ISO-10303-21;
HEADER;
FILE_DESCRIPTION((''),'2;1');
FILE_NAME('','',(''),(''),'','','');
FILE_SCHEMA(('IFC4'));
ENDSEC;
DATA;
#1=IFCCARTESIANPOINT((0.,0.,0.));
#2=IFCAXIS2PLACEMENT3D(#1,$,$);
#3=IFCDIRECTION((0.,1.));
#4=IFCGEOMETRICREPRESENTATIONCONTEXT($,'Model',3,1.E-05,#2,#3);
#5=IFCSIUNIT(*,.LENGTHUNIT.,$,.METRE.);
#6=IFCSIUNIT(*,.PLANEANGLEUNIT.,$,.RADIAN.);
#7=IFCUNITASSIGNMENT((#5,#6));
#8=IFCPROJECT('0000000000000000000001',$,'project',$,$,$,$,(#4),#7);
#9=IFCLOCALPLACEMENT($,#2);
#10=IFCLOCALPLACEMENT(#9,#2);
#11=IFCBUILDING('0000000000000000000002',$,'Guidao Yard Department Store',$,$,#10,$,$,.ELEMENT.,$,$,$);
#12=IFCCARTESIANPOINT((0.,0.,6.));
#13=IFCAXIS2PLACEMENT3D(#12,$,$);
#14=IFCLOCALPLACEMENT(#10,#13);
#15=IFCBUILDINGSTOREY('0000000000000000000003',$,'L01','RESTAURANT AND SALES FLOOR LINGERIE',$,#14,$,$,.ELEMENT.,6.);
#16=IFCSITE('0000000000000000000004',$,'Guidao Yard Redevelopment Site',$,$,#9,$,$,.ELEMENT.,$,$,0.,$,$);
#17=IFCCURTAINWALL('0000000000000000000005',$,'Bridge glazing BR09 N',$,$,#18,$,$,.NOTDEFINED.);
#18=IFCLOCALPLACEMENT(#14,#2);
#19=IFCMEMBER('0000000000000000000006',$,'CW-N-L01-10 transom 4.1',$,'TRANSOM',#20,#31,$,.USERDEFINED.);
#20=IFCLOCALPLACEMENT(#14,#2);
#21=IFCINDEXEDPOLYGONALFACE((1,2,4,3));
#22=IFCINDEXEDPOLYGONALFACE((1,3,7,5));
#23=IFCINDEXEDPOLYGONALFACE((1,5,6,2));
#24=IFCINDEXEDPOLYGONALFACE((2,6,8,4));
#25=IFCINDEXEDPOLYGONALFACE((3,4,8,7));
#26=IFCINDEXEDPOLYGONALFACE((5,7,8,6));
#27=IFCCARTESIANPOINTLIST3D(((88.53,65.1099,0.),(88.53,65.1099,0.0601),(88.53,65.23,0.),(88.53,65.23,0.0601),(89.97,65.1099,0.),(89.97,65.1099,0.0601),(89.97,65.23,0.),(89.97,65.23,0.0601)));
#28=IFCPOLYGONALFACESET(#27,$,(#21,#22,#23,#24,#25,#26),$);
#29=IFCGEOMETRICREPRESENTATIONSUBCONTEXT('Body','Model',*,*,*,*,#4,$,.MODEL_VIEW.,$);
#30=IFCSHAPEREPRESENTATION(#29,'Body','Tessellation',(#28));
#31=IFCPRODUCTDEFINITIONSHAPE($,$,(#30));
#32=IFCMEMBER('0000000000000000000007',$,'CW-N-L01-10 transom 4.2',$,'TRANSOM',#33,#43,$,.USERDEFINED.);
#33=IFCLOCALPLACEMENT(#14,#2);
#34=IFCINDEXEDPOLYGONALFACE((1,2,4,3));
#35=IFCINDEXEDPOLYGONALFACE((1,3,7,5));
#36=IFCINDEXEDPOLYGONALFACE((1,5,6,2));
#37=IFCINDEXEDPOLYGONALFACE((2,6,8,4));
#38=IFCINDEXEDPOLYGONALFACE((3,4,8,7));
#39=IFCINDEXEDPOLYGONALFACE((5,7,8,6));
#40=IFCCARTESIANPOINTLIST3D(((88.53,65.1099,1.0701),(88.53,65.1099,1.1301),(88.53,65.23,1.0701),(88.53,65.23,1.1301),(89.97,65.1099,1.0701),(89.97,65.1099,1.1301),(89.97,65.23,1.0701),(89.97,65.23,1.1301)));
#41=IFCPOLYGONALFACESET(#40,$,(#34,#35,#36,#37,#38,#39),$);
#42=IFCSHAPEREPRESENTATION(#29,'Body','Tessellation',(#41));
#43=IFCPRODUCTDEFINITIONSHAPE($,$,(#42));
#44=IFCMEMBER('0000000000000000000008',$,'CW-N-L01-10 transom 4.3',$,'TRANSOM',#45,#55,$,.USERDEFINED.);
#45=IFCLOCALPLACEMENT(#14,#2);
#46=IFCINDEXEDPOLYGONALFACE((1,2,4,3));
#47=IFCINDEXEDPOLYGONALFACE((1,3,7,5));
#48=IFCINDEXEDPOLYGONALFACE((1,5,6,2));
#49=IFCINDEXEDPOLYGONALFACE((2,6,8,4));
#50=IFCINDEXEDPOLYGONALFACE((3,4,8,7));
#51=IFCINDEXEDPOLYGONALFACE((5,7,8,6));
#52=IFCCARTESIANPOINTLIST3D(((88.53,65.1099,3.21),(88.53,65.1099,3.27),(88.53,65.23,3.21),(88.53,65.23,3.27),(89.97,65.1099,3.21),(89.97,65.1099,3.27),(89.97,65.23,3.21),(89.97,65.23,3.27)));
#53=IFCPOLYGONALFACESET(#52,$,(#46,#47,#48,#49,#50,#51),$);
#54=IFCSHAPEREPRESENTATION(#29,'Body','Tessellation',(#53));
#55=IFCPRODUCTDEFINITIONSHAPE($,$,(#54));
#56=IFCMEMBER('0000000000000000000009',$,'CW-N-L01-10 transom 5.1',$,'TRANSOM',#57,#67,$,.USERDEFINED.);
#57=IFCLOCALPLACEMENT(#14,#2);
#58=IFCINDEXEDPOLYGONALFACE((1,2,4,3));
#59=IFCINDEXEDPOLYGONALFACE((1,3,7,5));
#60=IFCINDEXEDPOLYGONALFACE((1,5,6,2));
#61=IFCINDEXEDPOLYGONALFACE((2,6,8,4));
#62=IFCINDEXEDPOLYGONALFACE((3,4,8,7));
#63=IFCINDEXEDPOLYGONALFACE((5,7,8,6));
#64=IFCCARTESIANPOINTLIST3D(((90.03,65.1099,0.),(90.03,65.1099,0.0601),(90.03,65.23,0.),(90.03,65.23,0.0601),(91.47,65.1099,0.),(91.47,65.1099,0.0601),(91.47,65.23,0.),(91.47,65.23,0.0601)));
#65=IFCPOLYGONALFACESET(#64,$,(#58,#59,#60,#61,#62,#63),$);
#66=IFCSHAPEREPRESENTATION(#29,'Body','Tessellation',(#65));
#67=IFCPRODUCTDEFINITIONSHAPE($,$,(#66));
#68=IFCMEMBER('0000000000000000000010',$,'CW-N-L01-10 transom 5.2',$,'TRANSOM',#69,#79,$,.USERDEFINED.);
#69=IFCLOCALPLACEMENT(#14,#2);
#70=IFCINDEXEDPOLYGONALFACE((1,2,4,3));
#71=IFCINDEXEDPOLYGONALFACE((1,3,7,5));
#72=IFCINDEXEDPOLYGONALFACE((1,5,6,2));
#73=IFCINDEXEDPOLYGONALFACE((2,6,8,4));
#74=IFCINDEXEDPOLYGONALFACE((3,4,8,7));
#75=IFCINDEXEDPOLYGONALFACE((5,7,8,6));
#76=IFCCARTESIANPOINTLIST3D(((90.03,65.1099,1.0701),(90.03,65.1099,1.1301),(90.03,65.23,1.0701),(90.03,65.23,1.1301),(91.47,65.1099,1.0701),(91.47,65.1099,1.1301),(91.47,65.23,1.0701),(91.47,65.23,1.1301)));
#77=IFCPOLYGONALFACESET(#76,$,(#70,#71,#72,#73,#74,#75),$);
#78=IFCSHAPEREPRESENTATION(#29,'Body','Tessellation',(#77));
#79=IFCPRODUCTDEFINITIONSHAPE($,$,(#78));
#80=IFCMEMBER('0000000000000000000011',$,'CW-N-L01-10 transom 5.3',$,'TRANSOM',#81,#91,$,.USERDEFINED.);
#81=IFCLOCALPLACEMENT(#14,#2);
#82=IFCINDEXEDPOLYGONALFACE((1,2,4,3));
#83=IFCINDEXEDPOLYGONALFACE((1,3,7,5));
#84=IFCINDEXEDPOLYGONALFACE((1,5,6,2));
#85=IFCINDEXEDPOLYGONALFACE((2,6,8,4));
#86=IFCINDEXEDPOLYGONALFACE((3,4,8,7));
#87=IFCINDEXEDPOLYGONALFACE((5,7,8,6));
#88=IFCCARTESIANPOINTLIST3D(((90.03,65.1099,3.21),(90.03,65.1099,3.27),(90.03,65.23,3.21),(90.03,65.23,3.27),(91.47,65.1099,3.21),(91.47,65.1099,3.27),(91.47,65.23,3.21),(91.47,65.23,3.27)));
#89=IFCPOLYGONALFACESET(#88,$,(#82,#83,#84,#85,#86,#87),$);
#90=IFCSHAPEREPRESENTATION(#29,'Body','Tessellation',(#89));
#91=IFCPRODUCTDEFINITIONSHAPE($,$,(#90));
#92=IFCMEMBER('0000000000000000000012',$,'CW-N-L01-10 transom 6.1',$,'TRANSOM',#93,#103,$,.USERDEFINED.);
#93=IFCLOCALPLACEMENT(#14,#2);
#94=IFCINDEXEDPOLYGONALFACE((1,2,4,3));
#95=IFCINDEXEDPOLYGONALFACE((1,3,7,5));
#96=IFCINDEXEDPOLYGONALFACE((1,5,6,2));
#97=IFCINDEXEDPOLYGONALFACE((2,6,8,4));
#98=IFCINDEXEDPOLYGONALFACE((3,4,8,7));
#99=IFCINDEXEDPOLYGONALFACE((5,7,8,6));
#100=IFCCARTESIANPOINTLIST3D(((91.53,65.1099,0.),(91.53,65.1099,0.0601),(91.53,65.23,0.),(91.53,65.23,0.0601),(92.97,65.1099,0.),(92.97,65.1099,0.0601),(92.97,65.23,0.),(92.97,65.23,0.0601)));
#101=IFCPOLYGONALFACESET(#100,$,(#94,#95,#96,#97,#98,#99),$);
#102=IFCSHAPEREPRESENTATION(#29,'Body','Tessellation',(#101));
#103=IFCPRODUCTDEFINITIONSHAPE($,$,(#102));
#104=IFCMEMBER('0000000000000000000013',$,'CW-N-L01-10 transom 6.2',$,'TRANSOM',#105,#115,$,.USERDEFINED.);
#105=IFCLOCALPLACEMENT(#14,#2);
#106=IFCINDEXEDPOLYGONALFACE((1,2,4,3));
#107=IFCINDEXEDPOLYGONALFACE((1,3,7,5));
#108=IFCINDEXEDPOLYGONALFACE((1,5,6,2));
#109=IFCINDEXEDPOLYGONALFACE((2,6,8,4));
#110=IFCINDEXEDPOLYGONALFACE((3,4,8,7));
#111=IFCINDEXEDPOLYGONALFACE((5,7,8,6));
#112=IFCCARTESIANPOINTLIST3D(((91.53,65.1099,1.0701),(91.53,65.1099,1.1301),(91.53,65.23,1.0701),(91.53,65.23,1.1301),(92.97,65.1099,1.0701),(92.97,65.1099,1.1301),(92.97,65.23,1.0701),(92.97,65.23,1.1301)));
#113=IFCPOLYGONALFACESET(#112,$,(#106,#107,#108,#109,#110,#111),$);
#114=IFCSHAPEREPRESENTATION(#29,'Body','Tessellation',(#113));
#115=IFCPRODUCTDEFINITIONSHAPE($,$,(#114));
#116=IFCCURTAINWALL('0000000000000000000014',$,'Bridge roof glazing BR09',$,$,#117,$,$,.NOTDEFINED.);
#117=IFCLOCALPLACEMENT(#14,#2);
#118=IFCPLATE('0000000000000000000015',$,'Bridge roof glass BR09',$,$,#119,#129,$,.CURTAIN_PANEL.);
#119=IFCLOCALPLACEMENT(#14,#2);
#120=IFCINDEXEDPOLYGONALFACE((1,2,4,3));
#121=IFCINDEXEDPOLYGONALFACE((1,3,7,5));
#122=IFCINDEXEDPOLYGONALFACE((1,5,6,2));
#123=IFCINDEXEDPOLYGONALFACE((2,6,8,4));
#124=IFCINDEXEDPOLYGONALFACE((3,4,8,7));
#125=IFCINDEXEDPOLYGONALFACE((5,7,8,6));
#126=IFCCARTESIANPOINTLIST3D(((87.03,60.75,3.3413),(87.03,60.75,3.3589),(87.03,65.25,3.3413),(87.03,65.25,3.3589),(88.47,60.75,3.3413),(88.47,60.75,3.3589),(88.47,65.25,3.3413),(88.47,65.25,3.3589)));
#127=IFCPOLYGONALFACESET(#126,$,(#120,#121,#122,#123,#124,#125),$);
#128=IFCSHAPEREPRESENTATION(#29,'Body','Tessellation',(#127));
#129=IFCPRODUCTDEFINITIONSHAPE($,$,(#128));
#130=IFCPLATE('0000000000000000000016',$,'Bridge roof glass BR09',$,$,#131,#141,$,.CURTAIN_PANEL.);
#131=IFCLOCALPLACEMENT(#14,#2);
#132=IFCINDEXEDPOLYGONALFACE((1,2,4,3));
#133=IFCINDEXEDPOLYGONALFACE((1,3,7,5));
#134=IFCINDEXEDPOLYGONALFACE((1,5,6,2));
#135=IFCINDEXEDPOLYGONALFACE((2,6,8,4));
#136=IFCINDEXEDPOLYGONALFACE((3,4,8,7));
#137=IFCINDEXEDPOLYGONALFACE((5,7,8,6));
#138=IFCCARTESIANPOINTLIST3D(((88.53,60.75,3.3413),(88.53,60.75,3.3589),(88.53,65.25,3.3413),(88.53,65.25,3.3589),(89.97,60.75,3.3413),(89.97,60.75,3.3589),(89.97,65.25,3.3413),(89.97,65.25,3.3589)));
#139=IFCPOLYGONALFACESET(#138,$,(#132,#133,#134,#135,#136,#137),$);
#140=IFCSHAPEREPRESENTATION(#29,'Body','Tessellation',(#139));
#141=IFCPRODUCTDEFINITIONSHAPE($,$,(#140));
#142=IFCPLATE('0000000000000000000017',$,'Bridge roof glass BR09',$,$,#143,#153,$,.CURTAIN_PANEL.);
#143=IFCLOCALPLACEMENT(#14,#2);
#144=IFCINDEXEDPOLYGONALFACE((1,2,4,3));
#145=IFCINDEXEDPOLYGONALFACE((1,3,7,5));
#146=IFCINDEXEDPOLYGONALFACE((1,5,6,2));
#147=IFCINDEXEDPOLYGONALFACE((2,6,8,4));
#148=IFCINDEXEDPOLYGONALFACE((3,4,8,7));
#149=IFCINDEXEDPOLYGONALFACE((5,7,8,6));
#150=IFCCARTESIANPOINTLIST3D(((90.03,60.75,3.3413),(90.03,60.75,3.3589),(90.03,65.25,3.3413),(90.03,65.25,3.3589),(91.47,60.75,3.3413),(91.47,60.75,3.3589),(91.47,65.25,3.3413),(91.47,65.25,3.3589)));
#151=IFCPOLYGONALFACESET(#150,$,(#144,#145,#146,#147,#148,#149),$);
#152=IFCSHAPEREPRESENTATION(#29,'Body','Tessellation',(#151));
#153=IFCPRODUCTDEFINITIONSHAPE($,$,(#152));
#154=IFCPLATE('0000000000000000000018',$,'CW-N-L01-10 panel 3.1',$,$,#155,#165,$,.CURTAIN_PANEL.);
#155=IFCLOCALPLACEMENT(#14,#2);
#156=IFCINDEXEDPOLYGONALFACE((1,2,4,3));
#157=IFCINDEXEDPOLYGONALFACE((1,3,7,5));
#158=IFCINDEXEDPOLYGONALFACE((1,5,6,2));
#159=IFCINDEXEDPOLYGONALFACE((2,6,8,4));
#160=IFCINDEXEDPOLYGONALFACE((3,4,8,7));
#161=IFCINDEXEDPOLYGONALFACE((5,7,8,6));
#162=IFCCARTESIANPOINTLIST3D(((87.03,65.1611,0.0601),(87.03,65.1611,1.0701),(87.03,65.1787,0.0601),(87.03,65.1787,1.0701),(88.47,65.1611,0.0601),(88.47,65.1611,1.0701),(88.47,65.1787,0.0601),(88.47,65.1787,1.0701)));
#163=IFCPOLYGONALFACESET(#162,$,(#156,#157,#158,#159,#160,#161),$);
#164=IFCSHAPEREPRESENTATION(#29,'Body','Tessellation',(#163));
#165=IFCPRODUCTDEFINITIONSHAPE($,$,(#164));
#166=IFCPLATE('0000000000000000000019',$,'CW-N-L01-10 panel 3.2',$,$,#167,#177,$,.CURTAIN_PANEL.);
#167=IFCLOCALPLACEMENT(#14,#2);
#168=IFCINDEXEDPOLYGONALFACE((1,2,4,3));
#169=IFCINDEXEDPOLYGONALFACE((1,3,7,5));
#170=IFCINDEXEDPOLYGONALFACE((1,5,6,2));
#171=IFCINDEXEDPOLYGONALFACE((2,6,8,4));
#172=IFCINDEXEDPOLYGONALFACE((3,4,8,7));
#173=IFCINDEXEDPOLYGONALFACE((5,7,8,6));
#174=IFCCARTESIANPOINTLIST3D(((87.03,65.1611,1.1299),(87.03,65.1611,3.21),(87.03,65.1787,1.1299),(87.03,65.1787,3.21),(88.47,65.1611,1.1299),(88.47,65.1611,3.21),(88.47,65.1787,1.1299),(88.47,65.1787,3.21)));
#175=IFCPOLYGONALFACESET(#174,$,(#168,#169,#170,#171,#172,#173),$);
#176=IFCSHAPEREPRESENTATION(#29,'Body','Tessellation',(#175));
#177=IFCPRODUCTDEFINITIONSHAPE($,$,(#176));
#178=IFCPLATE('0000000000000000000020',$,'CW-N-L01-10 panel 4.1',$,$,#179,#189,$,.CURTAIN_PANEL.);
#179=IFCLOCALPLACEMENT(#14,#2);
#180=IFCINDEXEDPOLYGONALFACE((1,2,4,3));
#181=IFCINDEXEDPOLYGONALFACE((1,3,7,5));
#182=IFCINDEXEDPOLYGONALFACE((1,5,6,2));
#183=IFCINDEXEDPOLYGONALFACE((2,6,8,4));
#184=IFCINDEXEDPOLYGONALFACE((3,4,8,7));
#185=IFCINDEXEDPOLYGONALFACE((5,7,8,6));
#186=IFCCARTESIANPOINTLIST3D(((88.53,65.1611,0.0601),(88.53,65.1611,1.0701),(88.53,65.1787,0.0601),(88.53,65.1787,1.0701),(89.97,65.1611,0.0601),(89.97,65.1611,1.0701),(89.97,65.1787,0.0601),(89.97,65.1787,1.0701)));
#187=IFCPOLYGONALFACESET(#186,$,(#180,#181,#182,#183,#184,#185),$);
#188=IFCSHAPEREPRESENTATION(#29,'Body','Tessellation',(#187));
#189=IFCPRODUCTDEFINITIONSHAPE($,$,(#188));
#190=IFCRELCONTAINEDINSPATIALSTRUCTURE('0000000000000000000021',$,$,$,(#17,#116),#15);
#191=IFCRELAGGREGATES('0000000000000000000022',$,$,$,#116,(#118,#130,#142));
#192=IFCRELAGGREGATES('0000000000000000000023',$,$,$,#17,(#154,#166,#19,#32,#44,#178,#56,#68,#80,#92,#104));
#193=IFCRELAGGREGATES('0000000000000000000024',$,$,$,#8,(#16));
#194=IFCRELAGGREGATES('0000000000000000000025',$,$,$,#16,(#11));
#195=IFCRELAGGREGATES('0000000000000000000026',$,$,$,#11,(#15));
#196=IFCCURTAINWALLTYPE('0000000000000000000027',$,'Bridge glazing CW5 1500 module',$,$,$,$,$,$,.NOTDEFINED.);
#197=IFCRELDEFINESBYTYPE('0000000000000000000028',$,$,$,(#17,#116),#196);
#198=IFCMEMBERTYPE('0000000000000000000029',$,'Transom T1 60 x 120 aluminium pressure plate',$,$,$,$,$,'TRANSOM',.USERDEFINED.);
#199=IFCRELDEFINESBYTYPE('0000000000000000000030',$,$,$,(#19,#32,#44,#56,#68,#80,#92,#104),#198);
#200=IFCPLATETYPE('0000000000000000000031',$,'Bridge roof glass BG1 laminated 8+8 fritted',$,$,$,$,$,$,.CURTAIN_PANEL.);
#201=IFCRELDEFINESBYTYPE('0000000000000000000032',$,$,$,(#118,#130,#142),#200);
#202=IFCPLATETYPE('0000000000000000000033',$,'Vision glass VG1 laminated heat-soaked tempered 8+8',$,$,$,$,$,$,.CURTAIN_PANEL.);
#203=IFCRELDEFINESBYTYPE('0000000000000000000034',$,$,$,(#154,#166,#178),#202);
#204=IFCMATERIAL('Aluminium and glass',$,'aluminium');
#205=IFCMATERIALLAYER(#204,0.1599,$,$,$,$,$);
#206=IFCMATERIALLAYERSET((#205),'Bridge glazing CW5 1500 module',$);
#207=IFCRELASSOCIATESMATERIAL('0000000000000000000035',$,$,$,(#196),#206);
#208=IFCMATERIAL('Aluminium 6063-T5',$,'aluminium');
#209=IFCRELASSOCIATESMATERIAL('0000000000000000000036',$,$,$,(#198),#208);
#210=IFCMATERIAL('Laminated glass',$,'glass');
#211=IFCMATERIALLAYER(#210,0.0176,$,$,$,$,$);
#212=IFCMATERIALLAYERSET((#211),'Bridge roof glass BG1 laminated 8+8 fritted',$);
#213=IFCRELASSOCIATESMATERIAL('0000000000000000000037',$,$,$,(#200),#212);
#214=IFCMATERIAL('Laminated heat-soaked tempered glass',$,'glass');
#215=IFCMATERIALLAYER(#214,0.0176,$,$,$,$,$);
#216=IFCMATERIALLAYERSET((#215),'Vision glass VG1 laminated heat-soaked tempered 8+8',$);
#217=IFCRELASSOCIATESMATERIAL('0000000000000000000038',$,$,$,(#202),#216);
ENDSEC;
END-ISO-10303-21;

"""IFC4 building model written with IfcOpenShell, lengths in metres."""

from ifc_helpers import new_model, si_unit, direction, frame, origin, origin_2d, place, context, subcontext, project, spatial, rectangle, extrude, material, layer, layer_set, material_profile, profile_set, type_object, element, aggregate, save


model = new_model("IFC4")

# Units and contexts
model_context = context("Model", 3, precision=1e-05, world=origin(), true_north=direction((0.0, 1.0)))
body_context = subcontext(model_context, "Body", "Model", "MODEL_VIEW")
ifc_project = project(units=[si_unit("LENGTHUNIT", "METRE"), si_unit("PLANEANGLEUNIT", "RADIAN")], contexts=[model_context])

# Site, building, storey
site_placement = place(None, origin())
site = spatial("IfcSite", under=ifc_project, at=site_placement, Name="Guidao Yard Redevelopment Site", CompositionType="ELEMENT", RefElevation=0.0)
building_placement = place(site_placement, origin())
building = spatial("IfcBuilding", under=site, at=building_placement, Name="Guidao Yard Department Store", CompositionType="ELEMENT")
storey_placement = place(building_placement, frame((0.0, 0.0, 6.0)))
storey = spatial("IfcBuildingStorey", under=building, at=storey_placement, Name="L01", Description="RESTAURANT AND SALES FLOOR LINGERIE", CompositionType="ELEMENT", Elevation=6.0)

# Curtain wall, members
ifc_material_1 = material(Name="Aluminium and glass", Category="aluminium")
ifc_layer_1 = layer(ifc_material_1, 0.1599)
ifc_layer_set_1 = layer_set([ifc_layer_1], Name="Bridge glazing CW5 1500 module")
curtain_wall_type = type_object("IfcCurtainWallType", Name="Bridge glazing CW5 1500 module", PredefinedType="NOTDEFINED", material=ifc_layer_set_1)
curtain_wall_1_placement = place(storey_placement, origin())
curtain_wall_1 = element("IfcCurtainWall", 1, at=curtain_wall_1_placement, inside=storey, type_object=curtain_wall_type, Name="Bridge glazing BR09 N", PredefinedType="NOTDEFINED")
ifc_material_2 = material(Name="Aluminium 6063-T5", Category="aluminium")
ifc_material_profile_1 = material_profile(ifc_material_2, rectangle(XDim=0.1201, YDim=0.0601, at=origin_2d()), Name="Transom T1 60 x 120 aluminium pressure plate")
ifc_profile_set_1 = profile_set([ifc_material_profile_1], Name="Aluminium 6063-T5")
member_type_1 = type_object("IfcMemberType", Name="Transom T1 60 x 120 aluminium pressure plate", ElementType="TRANSOM", PredefinedType="USERDEFINED", material=ifc_profile_set_1)
member_1_placement = place(storey_placement, frame((88.53, 65.1699, 0.03), z_axis=(1.0, 0.0, 0.0), x_axis=(0.0, 1.0, 0.0)))
member_1 = element("IfcMember", 2, at=member_1_placement, type_object=member_type_1, Name="CW-N-L01-10 transom 4.1", ObjectType="TRANSOM", PredefinedType="USERDEFINED", context=body_context, shape_type="SweptSolid", body=[
    extrude(rectangle(XDim=0.1201, YDim=0.0601, at=origin_2d()), origin(), (0.0, 0.0, 1.0), 1.4399),
])
member_2_placement = place(storey_placement, frame((88.53, 65.1699, 1.1001), z_axis=(1.0, 0.0, 0.0), x_axis=(0.0, 1.0, 0.0)))
member_2 = element("IfcMember", 3, at=member_2_placement, type_object=member_type_1, Name="CW-N-L01-10 transom 4.2", ObjectType="TRANSOM", PredefinedType="USERDEFINED", context=body_context, shape_type="SweptSolid", body=[
    extrude(rectangle(XDim=0.1201, YDim=0.0601, at=origin_2d()), origin(), (0.0, 0.0, 1.0), 1.4399),
])
member_3_placement = place(storey_placement, frame((88.53, 65.1699, 3.24), z_axis=(1.0, 0.0, 0.0), x_axis=(0.0, 1.0, 0.0)))
member_3 = element("IfcMember", 4, at=member_3_placement, type_object=member_type_1, Name="CW-N-L01-10 transom 4.3", ObjectType="TRANSOM", PredefinedType="USERDEFINED", context=body_context, shape_type="SweptSolid", body=[
    extrude(rectangle(XDim=0.1201, YDim=0.0601, at=origin_2d()), origin(), (0.0, 0.0, 1.0), 1.4399),
])
member_4_placement = place(storey_placement, frame((90.03, 65.1699, 0.03), z_axis=(1.0, 0.0, 0.0), x_axis=(0.0, 1.0, 0.0)))
member_4 = element("IfcMember", 5, at=member_4_placement, type_object=member_type_1, Name="CW-N-L01-10 transom 5.1", ObjectType="TRANSOM", PredefinedType="USERDEFINED", context=body_context, shape_type="SweptSolid", body=[
    extrude(rectangle(XDim=0.1201, YDim=0.0601, at=origin_2d()), origin(), (0.0, 0.0, 1.0), 1.4399),
])
member_5_placement = place(storey_placement, frame((90.03, 65.1699, 1.1001), z_axis=(1.0, 0.0, 0.0), x_axis=(0.0, 1.0, 0.0)))
member_5 = element("IfcMember", 6, at=member_5_placement, type_object=member_type_1, Name="CW-N-L01-10 transom 5.2", ObjectType="TRANSOM", PredefinedType="USERDEFINED", context=body_context, shape_type="SweptSolid", body=[
    extrude(rectangle(XDim=0.1201, YDim=0.0601, at=origin_2d()), origin(), (0.0, 0.0, 1.0), 1.4399),
])
member_6_placement = place(storey_placement, frame((90.03, 65.1699, 3.24), z_axis=(1.0, 0.0, 0.0), x_axis=(0.0, 1.0, 0.0)))
member_6 = element("IfcMember", 7, at=member_6_placement, type_object=member_type_1, Name="CW-N-L01-10 transom 5.3", ObjectType="TRANSOM", PredefinedType="USERDEFINED", context=body_context, shape_type="SweptSolid", body=[
    extrude(rectangle(XDim=0.1201, YDim=0.0601, at=origin_2d()), origin(), (0.0, 0.0, 1.0), 1.4399),
])
member_7_placement = place(storey_placement, frame((91.53, 65.1699, 0.03), z_axis=(1.0, 0.0, 0.0), x_axis=(0.0, 1.0, 0.0)))
member_7 = element("IfcMember", 8, at=member_7_placement, type_object=member_type_1, Name="CW-N-L01-10 transom 6.1", ObjectType="TRANSOM", PredefinedType="USERDEFINED", context=body_context, shape_type="SweptSolid", body=[
    extrude(rectangle(XDim=0.1201, YDim=0.0601, at=origin_2d()), origin(), (0.0, 0.0, 1.0), 1.4399),
])
member_8_placement = place(storey_placement, frame((91.53, 65.1699, 1.1001), z_axis=(1.0, 0.0, 0.0), x_axis=(0.0, 1.0, 0.0)))
member_8 = element("IfcMember", 9, at=member_8_placement, type_object=member_type_1, Name="CW-N-L01-10 transom 6.2", ObjectType="TRANSOM", PredefinedType="USERDEFINED", context=body_context, shape_type="SweptSolid", body=[
    extrude(rectangle(XDim=0.1201, YDim=0.0601, at=origin_2d()), origin(), (0.0, 0.0, 1.0), 1.4399),
])

# Curtain wall, plates
curtain_wall_2_placement = place(storey_placement, origin())
curtain_wall_2 = element("IfcCurtainWall", 10, at=curtain_wall_2_placement, inside=storey, type_object=curtain_wall_type, Name="Bridge roof glazing BR09", PredefinedType="NOTDEFINED")
ifc_material_3 = material(Name="Laminated glass", Category="glass")
ifc_layer_2 = layer(ifc_material_3, 0.0176)
ifc_layer_set_2 = layer_set([ifc_layer_2], Name="Bridge roof glass BG1 laminated 8+8 fritted")
plate_type_1 = type_object("IfcPlateType", Name="Bridge roof glass BG1 laminated 8+8 fritted", PredefinedType="CURTAIN_PANEL", material=ifc_layer_set_2)
plate_1_placement = place(storey_placement, frame((87.75, 63.0, 3.3413), z_axis=(0.0, 0.0, 1.0), x_axis=(1.0, 0.0, 0.0)))
plate_1 = element("IfcPlate", 11, at=plate_1_placement, type_object=plate_type_1, Name="Bridge roof glass BR09", PredefinedType="CURTAIN_PANEL", context=body_context, shape_type="SweptSolid", body=[
    extrude(rectangle(XDim=1.4399, YDim=4.5, at=origin_2d()), origin(), (0.0, 0.0, 1.0), 0.0176),
])
plate_2_placement = place(storey_placement, frame((89.25, 63.0, 3.3413), z_axis=(0.0, 0.0, 1.0), x_axis=(1.0, 0.0, 0.0)))
plate_2 = element("IfcPlate", 12, at=plate_2_placement, type_object=plate_type_1, Name="Bridge roof glass BR09", PredefinedType="CURTAIN_PANEL", context=body_context, shape_type="SweptSolid", body=[
    extrude(rectangle(XDim=1.4399, YDim=4.5, at=origin_2d()), origin(), (0.0, 0.0, 1.0), 0.0176),
])
plate_3_placement = place(storey_placement, frame((90.75, 63.0, 3.3413), z_axis=(0.0, 0.0, 1.0), x_axis=(1.0, 0.0, 0.0)))
plate_3 = element("IfcPlate", 13, at=plate_3_placement, type_object=plate_type_1, Name="Bridge roof glass BR09", PredefinedType="CURTAIN_PANEL", context=body_context, shape_type="SweptSolid", body=[
    extrude(rectangle(XDim=1.4399, YDim=4.5, at=origin_2d()), origin(), (0.0, 0.0, 1.0), 0.0176),
])
aggregate(curtain_wall_2, [plate_1, plate_2, plate_3])

# Plates
ifc_material_4 = material(Name="Laminated heat-soaked tempered glass", Category="glass")
ifc_layer_3 = layer(ifc_material_4, 0.0176)
ifc_layer_set_3 = layer_set([ifc_layer_3], Name="Vision glass VG1 laminated heat-soaked tempered 8+8")
plate_type_2 = type_object("IfcPlateType", Name="Vision glass VG1 laminated heat-soaked tempered 8+8", PredefinedType="CURTAIN_PANEL", material=ifc_layer_set_3)
plate_4_placement = place(storey_placement, frame((87.75, 65.1699, 0.0601), z_axis=(0.0, 0.0, 1.0), x_axis=(1.0, 0.0, 0.0)))
plate_4 = element("IfcPlate", 14, at=plate_4_placement, type_object=plate_type_2, Name="CW-N-L01-10 panel 3.1", PredefinedType="CURTAIN_PANEL", context=body_context, shape_type="SweptSolid", body=[
    extrude(rectangle(XDim=1.4399, YDim=0.0176, at=origin_2d()), origin(), (0.0, 0.0, 1.0), 1.01),
])
plate_5_placement = place(storey_placement, frame((87.75, 65.1699, 1.1299), z_axis=(0.0, 0.0, 1.0), x_axis=(1.0, 0.0, 0.0)))
plate_5 = element("IfcPlate", 15, at=plate_5_placement, type_object=plate_type_2, Name="CW-N-L01-10 panel 3.2", PredefinedType="CURTAIN_PANEL", context=body_context, shape_type="SweptSolid", body=[
    extrude(rectangle(XDim=1.4399, YDim=0.0176, at=origin_2d()), origin(), (0.0, 0.0, 1.0), 2.0801),
])
plate_6_placement = place(storey_placement, frame((89.25, 65.1699, 0.0601), z_axis=(0.0, 0.0, 1.0), x_axis=(1.0, 0.0, 0.0)))
plate_6 = element("IfcPlate", 16, at=plate_6_placement, type_object=plate_type_2, Name="CW-N-L01-10 panel 4.1", PredefinedType="CURTAIN_PANEL", context=body_context, shape_type="SweptSolid", body=[
    extrude(rectangle(XDim=1.4399, YDim=0.0176, at=origin_2d()), origin(), (0.0, 0.0, 1.0), 1.01),
])
aggregate(curtain_wall_1, [plate_4, plate_5, member_1, member_2, member_3, plate_6, member_4, member_5, member_6, member_7, member_8])

save(model, "model.ifc")
